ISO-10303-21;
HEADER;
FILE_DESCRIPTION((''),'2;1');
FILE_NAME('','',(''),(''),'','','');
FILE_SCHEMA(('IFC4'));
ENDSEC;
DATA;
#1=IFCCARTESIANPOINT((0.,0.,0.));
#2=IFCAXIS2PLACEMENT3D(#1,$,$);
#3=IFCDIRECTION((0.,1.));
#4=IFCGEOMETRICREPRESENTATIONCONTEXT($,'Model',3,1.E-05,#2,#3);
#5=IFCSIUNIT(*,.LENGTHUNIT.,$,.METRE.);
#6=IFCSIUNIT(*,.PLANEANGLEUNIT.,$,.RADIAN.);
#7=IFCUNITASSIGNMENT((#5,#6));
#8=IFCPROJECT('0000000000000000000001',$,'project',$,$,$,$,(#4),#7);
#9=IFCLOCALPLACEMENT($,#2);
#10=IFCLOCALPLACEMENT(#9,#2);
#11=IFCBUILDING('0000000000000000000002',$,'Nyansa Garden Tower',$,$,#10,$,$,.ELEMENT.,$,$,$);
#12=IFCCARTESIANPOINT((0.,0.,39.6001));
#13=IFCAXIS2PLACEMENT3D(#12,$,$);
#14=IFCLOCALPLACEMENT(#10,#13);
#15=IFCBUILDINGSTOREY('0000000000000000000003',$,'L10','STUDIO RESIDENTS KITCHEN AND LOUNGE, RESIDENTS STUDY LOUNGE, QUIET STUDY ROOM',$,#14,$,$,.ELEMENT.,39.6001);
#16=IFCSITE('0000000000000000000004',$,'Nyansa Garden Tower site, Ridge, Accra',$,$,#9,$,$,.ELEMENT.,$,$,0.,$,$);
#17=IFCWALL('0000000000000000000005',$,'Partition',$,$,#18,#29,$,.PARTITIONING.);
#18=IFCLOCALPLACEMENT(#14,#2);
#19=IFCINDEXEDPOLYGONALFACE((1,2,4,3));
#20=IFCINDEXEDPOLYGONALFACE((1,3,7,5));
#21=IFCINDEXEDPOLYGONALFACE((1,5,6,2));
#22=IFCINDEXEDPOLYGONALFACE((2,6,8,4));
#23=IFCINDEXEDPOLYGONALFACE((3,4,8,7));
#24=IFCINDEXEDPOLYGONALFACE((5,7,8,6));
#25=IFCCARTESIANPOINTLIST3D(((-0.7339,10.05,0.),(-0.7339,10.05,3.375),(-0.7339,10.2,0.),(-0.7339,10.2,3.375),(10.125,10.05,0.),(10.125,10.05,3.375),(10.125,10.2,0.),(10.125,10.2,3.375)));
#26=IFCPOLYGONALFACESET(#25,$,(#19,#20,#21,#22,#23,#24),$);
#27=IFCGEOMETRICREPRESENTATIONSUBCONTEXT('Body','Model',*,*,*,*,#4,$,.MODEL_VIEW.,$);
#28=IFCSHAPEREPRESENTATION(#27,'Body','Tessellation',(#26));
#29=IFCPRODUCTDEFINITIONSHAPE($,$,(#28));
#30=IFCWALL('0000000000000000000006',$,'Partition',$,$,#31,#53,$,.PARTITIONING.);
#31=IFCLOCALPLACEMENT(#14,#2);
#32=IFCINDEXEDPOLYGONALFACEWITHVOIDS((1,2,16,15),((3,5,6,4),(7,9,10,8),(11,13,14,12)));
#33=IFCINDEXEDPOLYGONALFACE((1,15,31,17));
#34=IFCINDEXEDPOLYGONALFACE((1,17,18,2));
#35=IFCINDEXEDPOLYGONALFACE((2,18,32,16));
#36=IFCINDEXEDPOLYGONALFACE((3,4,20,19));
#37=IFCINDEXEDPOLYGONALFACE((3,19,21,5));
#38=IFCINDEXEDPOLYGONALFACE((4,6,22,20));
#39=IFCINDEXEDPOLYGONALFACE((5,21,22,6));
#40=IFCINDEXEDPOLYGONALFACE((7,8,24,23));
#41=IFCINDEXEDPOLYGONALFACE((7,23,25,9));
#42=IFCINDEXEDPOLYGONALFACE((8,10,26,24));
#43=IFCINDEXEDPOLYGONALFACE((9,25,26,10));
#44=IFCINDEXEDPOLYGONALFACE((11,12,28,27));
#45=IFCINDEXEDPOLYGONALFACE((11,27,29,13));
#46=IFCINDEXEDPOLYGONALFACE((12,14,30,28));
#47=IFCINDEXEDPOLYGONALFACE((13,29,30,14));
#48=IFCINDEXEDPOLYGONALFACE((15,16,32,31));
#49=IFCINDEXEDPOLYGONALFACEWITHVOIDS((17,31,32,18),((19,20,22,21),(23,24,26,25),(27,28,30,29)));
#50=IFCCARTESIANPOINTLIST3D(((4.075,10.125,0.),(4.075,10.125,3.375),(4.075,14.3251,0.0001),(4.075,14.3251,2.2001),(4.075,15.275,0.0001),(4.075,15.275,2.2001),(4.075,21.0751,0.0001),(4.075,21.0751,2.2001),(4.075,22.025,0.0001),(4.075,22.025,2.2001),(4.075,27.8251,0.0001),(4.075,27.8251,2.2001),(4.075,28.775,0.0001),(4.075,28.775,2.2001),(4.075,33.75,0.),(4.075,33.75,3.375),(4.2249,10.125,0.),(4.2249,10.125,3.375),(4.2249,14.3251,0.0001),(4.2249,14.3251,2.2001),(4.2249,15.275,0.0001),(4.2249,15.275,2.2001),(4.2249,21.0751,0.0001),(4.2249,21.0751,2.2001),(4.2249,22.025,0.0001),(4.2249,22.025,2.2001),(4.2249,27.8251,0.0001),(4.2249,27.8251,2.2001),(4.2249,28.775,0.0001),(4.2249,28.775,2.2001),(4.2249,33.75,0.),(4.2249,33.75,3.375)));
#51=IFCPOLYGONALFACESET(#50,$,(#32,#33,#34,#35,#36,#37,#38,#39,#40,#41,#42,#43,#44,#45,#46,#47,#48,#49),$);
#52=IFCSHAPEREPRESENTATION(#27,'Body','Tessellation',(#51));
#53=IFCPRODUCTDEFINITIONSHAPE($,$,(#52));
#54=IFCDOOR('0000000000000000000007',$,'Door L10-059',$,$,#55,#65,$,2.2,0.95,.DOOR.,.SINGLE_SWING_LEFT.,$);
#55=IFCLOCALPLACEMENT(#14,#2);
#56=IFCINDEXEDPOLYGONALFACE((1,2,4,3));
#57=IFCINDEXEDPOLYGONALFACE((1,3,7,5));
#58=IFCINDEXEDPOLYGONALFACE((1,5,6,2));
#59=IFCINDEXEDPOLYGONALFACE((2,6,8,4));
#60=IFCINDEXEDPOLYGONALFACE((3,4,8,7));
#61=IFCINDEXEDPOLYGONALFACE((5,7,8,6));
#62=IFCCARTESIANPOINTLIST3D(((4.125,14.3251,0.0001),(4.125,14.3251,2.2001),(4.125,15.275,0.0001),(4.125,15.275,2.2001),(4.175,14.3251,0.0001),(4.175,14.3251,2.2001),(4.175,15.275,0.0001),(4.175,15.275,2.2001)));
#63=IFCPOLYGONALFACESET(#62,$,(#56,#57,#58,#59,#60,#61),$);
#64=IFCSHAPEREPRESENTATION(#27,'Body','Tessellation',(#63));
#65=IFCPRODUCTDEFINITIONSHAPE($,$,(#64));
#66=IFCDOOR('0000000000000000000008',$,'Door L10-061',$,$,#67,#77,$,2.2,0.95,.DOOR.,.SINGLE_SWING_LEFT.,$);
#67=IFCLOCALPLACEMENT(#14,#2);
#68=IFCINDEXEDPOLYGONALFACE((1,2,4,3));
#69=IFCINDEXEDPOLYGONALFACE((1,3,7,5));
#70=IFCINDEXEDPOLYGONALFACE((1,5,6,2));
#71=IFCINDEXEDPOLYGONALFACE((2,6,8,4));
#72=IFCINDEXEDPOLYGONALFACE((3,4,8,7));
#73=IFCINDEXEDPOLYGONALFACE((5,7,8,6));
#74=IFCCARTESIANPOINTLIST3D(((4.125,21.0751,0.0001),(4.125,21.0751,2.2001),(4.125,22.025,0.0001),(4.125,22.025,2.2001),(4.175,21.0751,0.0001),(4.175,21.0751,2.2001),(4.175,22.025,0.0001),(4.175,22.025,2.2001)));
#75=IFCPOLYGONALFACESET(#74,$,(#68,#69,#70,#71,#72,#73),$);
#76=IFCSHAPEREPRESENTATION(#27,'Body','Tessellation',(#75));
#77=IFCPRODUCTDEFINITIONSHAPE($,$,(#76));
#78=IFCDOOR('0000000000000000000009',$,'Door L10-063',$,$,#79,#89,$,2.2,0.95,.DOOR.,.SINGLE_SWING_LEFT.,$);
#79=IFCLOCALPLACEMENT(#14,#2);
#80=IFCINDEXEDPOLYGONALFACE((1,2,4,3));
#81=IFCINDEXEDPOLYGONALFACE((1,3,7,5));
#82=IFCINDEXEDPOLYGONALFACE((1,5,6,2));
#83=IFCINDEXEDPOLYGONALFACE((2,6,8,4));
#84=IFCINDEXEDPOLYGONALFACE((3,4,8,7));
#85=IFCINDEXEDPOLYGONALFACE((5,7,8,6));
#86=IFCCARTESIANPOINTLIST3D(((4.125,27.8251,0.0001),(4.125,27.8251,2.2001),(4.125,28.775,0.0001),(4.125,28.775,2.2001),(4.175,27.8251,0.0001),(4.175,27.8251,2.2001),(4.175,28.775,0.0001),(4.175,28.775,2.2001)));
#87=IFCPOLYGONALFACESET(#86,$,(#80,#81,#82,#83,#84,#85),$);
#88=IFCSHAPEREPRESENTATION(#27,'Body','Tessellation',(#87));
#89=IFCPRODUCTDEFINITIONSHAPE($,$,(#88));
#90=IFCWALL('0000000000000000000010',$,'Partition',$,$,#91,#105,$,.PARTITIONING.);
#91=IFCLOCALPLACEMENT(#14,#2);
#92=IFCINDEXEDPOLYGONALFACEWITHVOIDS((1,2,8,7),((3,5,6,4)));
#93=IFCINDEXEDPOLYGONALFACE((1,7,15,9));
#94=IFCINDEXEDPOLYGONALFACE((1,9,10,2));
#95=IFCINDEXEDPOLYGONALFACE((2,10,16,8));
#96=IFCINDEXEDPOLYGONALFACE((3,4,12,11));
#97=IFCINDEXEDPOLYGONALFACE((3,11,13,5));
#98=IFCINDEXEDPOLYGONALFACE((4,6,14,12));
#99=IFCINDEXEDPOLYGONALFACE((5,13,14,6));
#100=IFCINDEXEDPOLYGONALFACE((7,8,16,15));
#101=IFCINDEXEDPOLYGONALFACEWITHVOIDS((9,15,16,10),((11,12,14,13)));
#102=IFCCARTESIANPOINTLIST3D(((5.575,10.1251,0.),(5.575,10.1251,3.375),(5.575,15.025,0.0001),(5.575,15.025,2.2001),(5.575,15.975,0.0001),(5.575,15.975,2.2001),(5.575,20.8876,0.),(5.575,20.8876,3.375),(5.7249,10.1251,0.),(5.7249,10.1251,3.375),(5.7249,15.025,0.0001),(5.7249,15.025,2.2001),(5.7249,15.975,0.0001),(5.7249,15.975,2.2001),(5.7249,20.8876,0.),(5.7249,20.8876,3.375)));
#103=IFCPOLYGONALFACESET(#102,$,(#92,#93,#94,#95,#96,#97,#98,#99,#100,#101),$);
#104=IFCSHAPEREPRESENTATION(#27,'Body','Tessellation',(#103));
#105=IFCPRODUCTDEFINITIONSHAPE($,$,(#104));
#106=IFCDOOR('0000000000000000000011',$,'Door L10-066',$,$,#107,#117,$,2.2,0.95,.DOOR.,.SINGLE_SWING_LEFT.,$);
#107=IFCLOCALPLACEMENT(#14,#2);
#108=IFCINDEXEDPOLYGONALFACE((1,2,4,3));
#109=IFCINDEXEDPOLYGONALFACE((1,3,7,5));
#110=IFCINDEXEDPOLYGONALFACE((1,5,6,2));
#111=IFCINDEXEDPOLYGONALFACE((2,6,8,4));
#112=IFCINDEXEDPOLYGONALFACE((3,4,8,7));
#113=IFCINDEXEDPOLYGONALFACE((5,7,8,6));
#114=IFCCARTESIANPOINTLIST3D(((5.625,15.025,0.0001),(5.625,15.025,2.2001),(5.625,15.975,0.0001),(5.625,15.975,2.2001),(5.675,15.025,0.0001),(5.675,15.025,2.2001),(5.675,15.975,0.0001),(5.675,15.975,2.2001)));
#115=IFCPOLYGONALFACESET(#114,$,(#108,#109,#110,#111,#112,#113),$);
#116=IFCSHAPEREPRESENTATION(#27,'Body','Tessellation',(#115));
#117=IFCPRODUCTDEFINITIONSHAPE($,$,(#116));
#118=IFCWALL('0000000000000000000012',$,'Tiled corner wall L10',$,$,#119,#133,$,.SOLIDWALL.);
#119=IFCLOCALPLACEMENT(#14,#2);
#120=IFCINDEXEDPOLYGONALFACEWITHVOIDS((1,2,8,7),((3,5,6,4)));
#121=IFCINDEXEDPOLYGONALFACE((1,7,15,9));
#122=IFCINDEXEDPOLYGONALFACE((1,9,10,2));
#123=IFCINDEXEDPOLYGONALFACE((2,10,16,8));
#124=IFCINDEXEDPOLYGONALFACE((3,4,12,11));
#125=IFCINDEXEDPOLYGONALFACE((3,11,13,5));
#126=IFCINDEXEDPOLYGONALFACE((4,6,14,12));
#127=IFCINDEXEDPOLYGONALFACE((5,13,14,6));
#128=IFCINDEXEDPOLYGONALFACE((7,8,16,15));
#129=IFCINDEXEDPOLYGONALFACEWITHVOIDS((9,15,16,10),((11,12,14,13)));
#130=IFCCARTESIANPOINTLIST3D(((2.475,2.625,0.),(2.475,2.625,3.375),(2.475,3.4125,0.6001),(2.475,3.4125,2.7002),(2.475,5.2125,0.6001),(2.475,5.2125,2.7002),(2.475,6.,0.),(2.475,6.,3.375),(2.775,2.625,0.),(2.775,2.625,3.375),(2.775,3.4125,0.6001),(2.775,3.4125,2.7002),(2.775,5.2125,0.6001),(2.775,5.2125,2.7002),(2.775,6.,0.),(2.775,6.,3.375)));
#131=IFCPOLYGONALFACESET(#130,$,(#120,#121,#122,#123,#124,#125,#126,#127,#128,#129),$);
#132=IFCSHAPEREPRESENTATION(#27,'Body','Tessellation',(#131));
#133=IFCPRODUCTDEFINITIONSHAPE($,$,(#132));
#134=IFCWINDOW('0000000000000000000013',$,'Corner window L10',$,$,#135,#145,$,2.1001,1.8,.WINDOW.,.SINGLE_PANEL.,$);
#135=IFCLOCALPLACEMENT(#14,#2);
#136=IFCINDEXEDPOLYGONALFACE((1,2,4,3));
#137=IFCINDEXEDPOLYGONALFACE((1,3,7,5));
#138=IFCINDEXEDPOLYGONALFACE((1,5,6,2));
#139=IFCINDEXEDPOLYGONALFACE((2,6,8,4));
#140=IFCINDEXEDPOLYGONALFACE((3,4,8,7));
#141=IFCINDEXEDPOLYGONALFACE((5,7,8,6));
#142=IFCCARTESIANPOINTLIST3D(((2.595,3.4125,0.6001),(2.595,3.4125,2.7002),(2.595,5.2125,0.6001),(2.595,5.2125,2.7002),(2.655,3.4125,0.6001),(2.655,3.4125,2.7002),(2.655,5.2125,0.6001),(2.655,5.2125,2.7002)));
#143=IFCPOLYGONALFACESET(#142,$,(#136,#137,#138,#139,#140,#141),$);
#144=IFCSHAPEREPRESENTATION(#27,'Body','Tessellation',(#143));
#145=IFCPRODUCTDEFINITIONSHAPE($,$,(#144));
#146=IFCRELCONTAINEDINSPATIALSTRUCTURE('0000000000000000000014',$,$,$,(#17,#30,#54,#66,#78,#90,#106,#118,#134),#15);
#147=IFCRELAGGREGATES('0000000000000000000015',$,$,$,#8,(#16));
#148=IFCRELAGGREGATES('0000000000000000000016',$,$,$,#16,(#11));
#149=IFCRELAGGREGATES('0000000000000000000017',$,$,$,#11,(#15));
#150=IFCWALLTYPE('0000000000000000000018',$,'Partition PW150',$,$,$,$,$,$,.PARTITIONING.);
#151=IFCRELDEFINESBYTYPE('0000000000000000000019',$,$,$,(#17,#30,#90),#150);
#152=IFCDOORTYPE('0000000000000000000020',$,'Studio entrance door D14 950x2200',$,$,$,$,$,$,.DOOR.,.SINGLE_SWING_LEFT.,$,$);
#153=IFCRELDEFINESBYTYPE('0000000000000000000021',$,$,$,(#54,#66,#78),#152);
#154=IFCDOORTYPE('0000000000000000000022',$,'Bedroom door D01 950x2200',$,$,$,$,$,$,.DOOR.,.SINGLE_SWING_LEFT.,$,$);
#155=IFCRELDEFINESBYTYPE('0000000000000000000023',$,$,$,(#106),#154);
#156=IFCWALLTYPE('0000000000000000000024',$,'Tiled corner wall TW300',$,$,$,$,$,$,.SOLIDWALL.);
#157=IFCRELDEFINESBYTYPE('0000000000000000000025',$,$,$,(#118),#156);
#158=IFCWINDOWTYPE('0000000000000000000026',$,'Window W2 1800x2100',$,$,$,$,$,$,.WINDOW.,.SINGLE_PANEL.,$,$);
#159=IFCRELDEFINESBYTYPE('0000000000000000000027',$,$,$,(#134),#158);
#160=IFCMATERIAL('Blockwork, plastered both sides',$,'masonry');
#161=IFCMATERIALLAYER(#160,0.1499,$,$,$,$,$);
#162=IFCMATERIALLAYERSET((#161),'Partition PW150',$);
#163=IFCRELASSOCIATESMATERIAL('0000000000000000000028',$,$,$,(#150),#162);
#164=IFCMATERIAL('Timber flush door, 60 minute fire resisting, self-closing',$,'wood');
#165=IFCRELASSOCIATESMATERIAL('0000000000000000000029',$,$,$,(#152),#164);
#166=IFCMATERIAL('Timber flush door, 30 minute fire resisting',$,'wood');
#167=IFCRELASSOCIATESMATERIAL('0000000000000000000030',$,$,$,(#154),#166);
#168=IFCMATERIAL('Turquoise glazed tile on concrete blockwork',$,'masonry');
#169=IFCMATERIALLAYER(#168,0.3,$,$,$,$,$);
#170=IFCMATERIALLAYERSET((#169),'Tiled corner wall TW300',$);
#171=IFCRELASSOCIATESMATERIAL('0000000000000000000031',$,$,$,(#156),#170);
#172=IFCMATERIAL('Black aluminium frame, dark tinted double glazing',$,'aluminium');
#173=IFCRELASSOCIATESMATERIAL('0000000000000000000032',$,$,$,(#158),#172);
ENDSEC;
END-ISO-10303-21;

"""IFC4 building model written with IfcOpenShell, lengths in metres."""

from ifc_helpers import new_model, si_unit, direction, frame, frame_2d, origin, place, context, subcontext, project, spatial, rectangle, extrude, material, layer, layer_set, type_object, element, fill, save


model = new_model("IFC4")

# Units and contexts
model_context = context("Model", 3, precision=1e-05, world=origin(), true_north=direction((0.0, 1.0)))
body_context = subcontext(model_context, "Body", "Model", "MODEL_VIEW")
ifc_project = project(units=[si_unit("LENGTHUNIT", "METRE"), si_unit("PLANEANGLEUNIT", "RADIAN")], contexts=[model_context])

# Site, building, storey
site_placement = place(None, origin())
site = spatial("IfcSite", under=ifc_project, at=site_placement, Name="Nyansa Garden Tower site, Ridge, Accra", CompositionType="ELEMENT", RefElevation=0.0)
building_placement = place(site_placement, origin())
building = spatial("IfcBuilding", under=site, at=building_placement, Name="Nyansa Garden Tower", CompositionType="ELEMENT")
storey_placement = place(building_placement, frame((0.0, 0.0, 39.6001)))
storey = spatial("IfcBuildingStorey", under=building, at=storey_placement, Name="L10", Description="STUDIO RESIDENTS KITCHEN AND LOUNGE, RESIDENTS STUDY LOUNGE, QUIET STUDY ROOM", CompositionType="ELEMENT", Elevation=39.6001)

# Wall
ifc_material_1 = material(Name="Blockwork, plastered both sides", Category="masonry")
ifc_layer_1 = layer(ifc_material_1, 0.1499)
ifc_layer_set_1 = layer_set([ifc_layer_1], Name="Partition PW150")
wall_type_1 = type_object("IfcWallType", Name="Partition PW150", PredefinedType="PARTITIONING", material=ifc_layer_set_1)
wall_1_placement = place(storey_placement, frame((-0.7339, 10.125, 0.0), z_axis=(0.0, 0.0, 1.0), x_axis=(1.0, 0.0, 0.0)))
element("IfcWall", 1, at=wall_1_placement, inside=storey, type_object=wall_type_1, Name="Partition", PredefinedType="PARTITIONING", context=body_context, shape_type="SweptSolid", body=[
    extrude(rectangle(XDim=10.8589, YDim=0.1499, at=frame_2d((5.4294, 0.0))), origin(), (0.0, 0.0, 1.0), 3.375),
])

# Wall, openings, doors
wall_2_placement = place(storey_placement, frame((4.1499, 10.125, 0.0), z_axis=(0.0, 0.0, 1.0), x_axis=(0.0, 1.0, 0.0)))
wall_2 = element("IfcWall", 2, at=wall_2_placement, inside=storey, type_object=wall_type_1, Name="Partition", PredefinedType="PARTITIONING", context=body_context, shape_type="SweptSolid", body=[
    extrude(rectangle(XDim=23.625, YDim=0.1499, at=frame_2d((11.8125, 0.0))), origin(), (0.0, 0.0, 1.0), 3.375),
])
opening_1_placement = place(wall_2_placement, frame((4.2, 0.0, 0.0)))
opening_1 = element("IfcOpeningElement", 3, at=opening_1_placement, cuts=wall_2, PredefinedType="OPENING", context=body_context, shape_type="SweptSolid", body=[
    extrude(rectangle(XDim=0.95, YDim=2.2, at=frame_2d((0.4751, 1.1001))), frame((0.0, 0.085, 0.0), z_axis=(0.0, -1.0, 0.0), x_axis=(1.0, 0.0, 0.0)), (0.0, 0.0, 1.0), 0.1699),
])
opening_2_placement = place(wall_2_placement, frame((10.95, 0.0, 0.0)))
opening_2 = element("IfcOpeningElement", 4, at=opening_2_placement, cuts=wall_2, PredefinedType="OPENING", context=body_context, shape_type="SweptSolid", body=[
    extrude(rectangle(XDim=0.95, YDim=2.2, at=frame_2d((0.4751, 1.1001))), frame((0.0, 0.085, 0.0), z_axis=(0.0, -1.0, 0.0), x_axis=(1.0, 0.0, 0.0)), (0.0, 0.0, 1.0), 0.1699),
])
opening_3_placement = place(wall_2_placement, frame((17.7, 0.0, 0.0)))
opening_3 = element("IfcOpeningElement", 5, at=opening_3_placement, cuts=wall_2, PredefinedType="OPENING", context=body_context, shape_type="SweptSolid", body=[
    extrude(rectangle(XDim=0.95, YDim=2.2, at=frame_2d((0.4751, 1.1001))), frame((0.0, 0.085, 0.0), z_axis=(0.0, -1.0, 0.0), x_axis=(1.0, 0.0, 0.0)), (0.0, 0.0, 1.0), 0.1699),
])
ifc_material_2 = material(Name="Timber flush door, 60 minute fire resisting, self-closing", Category="wood")
door_type_1 = type_object("IfcDoorType", Name="Studio entrance door D14 950x2200", OperationType="SINGLE_SWING_LEFT", PredefinedType="DOOR", material=ifc_material_2)
door_1_placement = place(opening_1_placement, origin())
door_1 = element("IfcDoor", 6, at=door_1_placement, inside=storey, type_object=door_type_1, Name="Door L10-059", OperationType="SINGLE_SWING_LEFT", OverallHeight=2.2, OverallWidth=0.95, PredefinedType="DOOR", context=body_context, shape_type="SweptSolid", body=[
    extrude(rectangle(XDim=0.95, YDim=2.2, at=frame_2d((0.4751, 1.1001))), frame((0.0, 0.0249, 0.0), z_axis=(0.0, -1.0, 0.0), x_axis=(1.0, 0.0, 0.0)), (0.0, 0.0, 1.0), 0.05),
])
fill(opening_1, door_1)
door_2_placement = place(opening_2_placement, origin())
door_2 = element("IfcDoor", 7, at=door_2_placement, inside=storey, type_object=door_type_1, Name="Door L10-061", OperationType="SINGLE_SWING_LEFT", OverallHeight=2.2, OverallWidth=0.95, PredefinedType="DOOR", context=body_context, shape_type="SweptSolid", body=[
    extrude(rectangle(XDim=0.95, YDim=2.2, at=frame_2d((0.4751, 1.1001))), frame((0.0, 0.0249, 0.0), z_axis=(0.0, -1.0, 0.0), x_axis=(1.0, 0.0, 0.0)), (0.0, 0.0, 1.0), 0.05),
])
fill(opening_2, door_2)
door_3_placement = place(opening_3_placement, origin())
door_3 = element("IfcDoor", 8, at=door_3_placement, inside=storey, type_object=door_type_1, Name="Door L10-063", OperationType="SINGLE_SWING_LEFT", OverallHeight=2.2, OverallWidth=0.95, PredefinedType="DOOR", context=body_context, shape_type="SweptSolid", body=[
    extrude(rectangle(XDim=0.95, YDim=2.2, at=frame_2d((0.4751, 1.1001))), frame((0.0, 0.0249, 0.0), z_axis=(0.0, -1.0, 0.0), x_axis=(1.0, 0.0, 0.0)), (0.0, 0.0, 1.0), 0.05),
])
fill(opening_3, door_3)

# Wall, opening, door
wall_3_placement = place(storey_placement, frame((5.6499, 10.125, 0.0), z_axis=(0.0, 0.0, 1.0), x_axis=(0.0, 1.0, 0.0)))
wall_3 = element("IfcWall", 9, at=wall_3_placement, inside=storey, type_object=wall_type_1, Name="Partition", PredefinedType="PARTITIONING", context=body_context, shape_type="SweptSolid", body=[
    extrude(rectangle(XDim=10.7625, YDim=0.1499, at=frame_2d((5.3813, 0.0))), origin(), (0.0, 0.0, 1.0), 3.375),
])
opening_4_placement = place(wall_3_placement, frame((4.8999, 0.0, 0.0)))
opening_4 = element("IfcOpeningElement", 10, at=opening_4_placement, cuts=wall_3, PredefinedType="OPENING", context=body_context, shape_type="SweptSolid", body=[
    extrude(rectangle(XDim=0.95, YDim=2.2, at=frame_2d((0.4751, 1.1001))), frame((0.0, 0.085, 0.0), z_axis=(0.0, -1.0, 0.0), x_axis=(1.0, 0.0, 0.0)), (0.0, 0.0, 1.0), 0.1699),
])
ifc_material_3 = material(Name="Timber flush door, 30 minute fire resisting", Category="wood")
door_type_2 = type_object("IfcDoorType", Name="Bedroom door D01 950x2200", OperationType="SINGLE_SWING_LEFT", PredefinedType="DOOR", material=ifc_material_3)
door_4_placement = place(opening_4_placement, origin())
door_4 = element("IfcDoor", 11, at=door_4_placement, inside=storey, type_object=door_type_2, Name="Door L10-066", OperationType="SINGLE_SWING_LEFT", OverallHeight=2.2, OverallWidth=0.95, PredefinedType="DOOR", context=body_context, shape_type="SweptSolid", body=[
    extrude(rectangle(XDim=0.95, YDim=2.2, at=frame_2d((0.4751, 1.1001))), frame((0.0, 0.0249, 0.0), z_axis=(0.0, -1.0, 0.0), x_axis=(1.0, 0.0, 0.0)), (0.0, 0.0, 1.0), 0.05),
])
fill(opening_4, door_4)

# Wall, opening, window
ifc_material_4 = material(Name="Turquoise glazed tile on concrete blockwork", Category="masonry")
ifc_layer_2 = layer(ifc_material_4, 0.3)
ifc_layer_set_2 = layer_set([ifc_layer_2], Name="Tiled corner wall TW300")
wall_type_2 = type_object("IfcWallType", Name="Tiled corner wall TW300", PredefinedType="SOLIDWALL", material=ifc_layer_set_2)
wall_4_placement = place(storey_placement, frame((2.625, 6.0, 0.0), z_axis=(0.0, 0.0, 1.0), x_axis=(0.0, -1.0, 0.0)))
wall_4 = element("IfcWall", 12, at=wall_4_placement, inside=storey, type_object=wall_type_2, Name="Tiled corner wall L10", PredefinedType="SOLIDWALL", context=body_context, shape_type="SweptSolid", body=[
    extrude(rectangle(XDim=3.375, YDim=0.3, at=frame_2d((1.6875, 0.0))), origin(), (0.0, 0.0, 1.0), 3.375),
])
opening_5_placement = place(wall_4_placement, frame((0.7876, 0.0, 0.6001)))
opening_5 = element("IfcOpeningElement", 13, at=opening_5_placement, cuts=wall_4, PredefinedType="OPENING", context=body_context, shape_type="SweptSolid", body=[
    extrude(rectangle(XDim=1.8, YDim=2.1001, at=frame_2d((0.8999, 1.05))), frame((0.0, 0.1599, 0.0), z_axis=(0.0, -1.0, 0.0), x_axis=(1.0, 0.0, 0.0)), (0.0, 0.0, 1.0), 0.3201),
])
ifc_material_5 = material(Name="Black aluminium frame, dark tinted double glazing", Category="aluminium")
window_type = type_object("IfcWindowType", Name="Window W2 1800x2100", PartitioningType="SINGLE_PANEL", PredefinedType="WINDOW", material=ifc_material_5)
window_placement = place(opening_5_placement, origin())
window = element("IfcWindow", 14, at=window_placement, inside=storey, type_object=window_type, Name="Corner window L10", OverallHeight=2.1001, OverallWidth=1.8, PartitioningType="SINGLE_PANEL", PredefinedType="WINDOW", context=body_context, shape_type="SweptSolid", body=[
    extrude(rectangle(XDim=1.8, YDim=2.1001, at=frame_2d((0.8999, 1.05))), frame((0.0, 0.03, 0.0), z_axis=(0.0, -1.0, 0.0), x_axis=(1.0, 0.0, 0.0)), (0.0, 0.0, 1.0), 0.0601),
])
fill(opening_5, window)

save(model, "model.ifc")
